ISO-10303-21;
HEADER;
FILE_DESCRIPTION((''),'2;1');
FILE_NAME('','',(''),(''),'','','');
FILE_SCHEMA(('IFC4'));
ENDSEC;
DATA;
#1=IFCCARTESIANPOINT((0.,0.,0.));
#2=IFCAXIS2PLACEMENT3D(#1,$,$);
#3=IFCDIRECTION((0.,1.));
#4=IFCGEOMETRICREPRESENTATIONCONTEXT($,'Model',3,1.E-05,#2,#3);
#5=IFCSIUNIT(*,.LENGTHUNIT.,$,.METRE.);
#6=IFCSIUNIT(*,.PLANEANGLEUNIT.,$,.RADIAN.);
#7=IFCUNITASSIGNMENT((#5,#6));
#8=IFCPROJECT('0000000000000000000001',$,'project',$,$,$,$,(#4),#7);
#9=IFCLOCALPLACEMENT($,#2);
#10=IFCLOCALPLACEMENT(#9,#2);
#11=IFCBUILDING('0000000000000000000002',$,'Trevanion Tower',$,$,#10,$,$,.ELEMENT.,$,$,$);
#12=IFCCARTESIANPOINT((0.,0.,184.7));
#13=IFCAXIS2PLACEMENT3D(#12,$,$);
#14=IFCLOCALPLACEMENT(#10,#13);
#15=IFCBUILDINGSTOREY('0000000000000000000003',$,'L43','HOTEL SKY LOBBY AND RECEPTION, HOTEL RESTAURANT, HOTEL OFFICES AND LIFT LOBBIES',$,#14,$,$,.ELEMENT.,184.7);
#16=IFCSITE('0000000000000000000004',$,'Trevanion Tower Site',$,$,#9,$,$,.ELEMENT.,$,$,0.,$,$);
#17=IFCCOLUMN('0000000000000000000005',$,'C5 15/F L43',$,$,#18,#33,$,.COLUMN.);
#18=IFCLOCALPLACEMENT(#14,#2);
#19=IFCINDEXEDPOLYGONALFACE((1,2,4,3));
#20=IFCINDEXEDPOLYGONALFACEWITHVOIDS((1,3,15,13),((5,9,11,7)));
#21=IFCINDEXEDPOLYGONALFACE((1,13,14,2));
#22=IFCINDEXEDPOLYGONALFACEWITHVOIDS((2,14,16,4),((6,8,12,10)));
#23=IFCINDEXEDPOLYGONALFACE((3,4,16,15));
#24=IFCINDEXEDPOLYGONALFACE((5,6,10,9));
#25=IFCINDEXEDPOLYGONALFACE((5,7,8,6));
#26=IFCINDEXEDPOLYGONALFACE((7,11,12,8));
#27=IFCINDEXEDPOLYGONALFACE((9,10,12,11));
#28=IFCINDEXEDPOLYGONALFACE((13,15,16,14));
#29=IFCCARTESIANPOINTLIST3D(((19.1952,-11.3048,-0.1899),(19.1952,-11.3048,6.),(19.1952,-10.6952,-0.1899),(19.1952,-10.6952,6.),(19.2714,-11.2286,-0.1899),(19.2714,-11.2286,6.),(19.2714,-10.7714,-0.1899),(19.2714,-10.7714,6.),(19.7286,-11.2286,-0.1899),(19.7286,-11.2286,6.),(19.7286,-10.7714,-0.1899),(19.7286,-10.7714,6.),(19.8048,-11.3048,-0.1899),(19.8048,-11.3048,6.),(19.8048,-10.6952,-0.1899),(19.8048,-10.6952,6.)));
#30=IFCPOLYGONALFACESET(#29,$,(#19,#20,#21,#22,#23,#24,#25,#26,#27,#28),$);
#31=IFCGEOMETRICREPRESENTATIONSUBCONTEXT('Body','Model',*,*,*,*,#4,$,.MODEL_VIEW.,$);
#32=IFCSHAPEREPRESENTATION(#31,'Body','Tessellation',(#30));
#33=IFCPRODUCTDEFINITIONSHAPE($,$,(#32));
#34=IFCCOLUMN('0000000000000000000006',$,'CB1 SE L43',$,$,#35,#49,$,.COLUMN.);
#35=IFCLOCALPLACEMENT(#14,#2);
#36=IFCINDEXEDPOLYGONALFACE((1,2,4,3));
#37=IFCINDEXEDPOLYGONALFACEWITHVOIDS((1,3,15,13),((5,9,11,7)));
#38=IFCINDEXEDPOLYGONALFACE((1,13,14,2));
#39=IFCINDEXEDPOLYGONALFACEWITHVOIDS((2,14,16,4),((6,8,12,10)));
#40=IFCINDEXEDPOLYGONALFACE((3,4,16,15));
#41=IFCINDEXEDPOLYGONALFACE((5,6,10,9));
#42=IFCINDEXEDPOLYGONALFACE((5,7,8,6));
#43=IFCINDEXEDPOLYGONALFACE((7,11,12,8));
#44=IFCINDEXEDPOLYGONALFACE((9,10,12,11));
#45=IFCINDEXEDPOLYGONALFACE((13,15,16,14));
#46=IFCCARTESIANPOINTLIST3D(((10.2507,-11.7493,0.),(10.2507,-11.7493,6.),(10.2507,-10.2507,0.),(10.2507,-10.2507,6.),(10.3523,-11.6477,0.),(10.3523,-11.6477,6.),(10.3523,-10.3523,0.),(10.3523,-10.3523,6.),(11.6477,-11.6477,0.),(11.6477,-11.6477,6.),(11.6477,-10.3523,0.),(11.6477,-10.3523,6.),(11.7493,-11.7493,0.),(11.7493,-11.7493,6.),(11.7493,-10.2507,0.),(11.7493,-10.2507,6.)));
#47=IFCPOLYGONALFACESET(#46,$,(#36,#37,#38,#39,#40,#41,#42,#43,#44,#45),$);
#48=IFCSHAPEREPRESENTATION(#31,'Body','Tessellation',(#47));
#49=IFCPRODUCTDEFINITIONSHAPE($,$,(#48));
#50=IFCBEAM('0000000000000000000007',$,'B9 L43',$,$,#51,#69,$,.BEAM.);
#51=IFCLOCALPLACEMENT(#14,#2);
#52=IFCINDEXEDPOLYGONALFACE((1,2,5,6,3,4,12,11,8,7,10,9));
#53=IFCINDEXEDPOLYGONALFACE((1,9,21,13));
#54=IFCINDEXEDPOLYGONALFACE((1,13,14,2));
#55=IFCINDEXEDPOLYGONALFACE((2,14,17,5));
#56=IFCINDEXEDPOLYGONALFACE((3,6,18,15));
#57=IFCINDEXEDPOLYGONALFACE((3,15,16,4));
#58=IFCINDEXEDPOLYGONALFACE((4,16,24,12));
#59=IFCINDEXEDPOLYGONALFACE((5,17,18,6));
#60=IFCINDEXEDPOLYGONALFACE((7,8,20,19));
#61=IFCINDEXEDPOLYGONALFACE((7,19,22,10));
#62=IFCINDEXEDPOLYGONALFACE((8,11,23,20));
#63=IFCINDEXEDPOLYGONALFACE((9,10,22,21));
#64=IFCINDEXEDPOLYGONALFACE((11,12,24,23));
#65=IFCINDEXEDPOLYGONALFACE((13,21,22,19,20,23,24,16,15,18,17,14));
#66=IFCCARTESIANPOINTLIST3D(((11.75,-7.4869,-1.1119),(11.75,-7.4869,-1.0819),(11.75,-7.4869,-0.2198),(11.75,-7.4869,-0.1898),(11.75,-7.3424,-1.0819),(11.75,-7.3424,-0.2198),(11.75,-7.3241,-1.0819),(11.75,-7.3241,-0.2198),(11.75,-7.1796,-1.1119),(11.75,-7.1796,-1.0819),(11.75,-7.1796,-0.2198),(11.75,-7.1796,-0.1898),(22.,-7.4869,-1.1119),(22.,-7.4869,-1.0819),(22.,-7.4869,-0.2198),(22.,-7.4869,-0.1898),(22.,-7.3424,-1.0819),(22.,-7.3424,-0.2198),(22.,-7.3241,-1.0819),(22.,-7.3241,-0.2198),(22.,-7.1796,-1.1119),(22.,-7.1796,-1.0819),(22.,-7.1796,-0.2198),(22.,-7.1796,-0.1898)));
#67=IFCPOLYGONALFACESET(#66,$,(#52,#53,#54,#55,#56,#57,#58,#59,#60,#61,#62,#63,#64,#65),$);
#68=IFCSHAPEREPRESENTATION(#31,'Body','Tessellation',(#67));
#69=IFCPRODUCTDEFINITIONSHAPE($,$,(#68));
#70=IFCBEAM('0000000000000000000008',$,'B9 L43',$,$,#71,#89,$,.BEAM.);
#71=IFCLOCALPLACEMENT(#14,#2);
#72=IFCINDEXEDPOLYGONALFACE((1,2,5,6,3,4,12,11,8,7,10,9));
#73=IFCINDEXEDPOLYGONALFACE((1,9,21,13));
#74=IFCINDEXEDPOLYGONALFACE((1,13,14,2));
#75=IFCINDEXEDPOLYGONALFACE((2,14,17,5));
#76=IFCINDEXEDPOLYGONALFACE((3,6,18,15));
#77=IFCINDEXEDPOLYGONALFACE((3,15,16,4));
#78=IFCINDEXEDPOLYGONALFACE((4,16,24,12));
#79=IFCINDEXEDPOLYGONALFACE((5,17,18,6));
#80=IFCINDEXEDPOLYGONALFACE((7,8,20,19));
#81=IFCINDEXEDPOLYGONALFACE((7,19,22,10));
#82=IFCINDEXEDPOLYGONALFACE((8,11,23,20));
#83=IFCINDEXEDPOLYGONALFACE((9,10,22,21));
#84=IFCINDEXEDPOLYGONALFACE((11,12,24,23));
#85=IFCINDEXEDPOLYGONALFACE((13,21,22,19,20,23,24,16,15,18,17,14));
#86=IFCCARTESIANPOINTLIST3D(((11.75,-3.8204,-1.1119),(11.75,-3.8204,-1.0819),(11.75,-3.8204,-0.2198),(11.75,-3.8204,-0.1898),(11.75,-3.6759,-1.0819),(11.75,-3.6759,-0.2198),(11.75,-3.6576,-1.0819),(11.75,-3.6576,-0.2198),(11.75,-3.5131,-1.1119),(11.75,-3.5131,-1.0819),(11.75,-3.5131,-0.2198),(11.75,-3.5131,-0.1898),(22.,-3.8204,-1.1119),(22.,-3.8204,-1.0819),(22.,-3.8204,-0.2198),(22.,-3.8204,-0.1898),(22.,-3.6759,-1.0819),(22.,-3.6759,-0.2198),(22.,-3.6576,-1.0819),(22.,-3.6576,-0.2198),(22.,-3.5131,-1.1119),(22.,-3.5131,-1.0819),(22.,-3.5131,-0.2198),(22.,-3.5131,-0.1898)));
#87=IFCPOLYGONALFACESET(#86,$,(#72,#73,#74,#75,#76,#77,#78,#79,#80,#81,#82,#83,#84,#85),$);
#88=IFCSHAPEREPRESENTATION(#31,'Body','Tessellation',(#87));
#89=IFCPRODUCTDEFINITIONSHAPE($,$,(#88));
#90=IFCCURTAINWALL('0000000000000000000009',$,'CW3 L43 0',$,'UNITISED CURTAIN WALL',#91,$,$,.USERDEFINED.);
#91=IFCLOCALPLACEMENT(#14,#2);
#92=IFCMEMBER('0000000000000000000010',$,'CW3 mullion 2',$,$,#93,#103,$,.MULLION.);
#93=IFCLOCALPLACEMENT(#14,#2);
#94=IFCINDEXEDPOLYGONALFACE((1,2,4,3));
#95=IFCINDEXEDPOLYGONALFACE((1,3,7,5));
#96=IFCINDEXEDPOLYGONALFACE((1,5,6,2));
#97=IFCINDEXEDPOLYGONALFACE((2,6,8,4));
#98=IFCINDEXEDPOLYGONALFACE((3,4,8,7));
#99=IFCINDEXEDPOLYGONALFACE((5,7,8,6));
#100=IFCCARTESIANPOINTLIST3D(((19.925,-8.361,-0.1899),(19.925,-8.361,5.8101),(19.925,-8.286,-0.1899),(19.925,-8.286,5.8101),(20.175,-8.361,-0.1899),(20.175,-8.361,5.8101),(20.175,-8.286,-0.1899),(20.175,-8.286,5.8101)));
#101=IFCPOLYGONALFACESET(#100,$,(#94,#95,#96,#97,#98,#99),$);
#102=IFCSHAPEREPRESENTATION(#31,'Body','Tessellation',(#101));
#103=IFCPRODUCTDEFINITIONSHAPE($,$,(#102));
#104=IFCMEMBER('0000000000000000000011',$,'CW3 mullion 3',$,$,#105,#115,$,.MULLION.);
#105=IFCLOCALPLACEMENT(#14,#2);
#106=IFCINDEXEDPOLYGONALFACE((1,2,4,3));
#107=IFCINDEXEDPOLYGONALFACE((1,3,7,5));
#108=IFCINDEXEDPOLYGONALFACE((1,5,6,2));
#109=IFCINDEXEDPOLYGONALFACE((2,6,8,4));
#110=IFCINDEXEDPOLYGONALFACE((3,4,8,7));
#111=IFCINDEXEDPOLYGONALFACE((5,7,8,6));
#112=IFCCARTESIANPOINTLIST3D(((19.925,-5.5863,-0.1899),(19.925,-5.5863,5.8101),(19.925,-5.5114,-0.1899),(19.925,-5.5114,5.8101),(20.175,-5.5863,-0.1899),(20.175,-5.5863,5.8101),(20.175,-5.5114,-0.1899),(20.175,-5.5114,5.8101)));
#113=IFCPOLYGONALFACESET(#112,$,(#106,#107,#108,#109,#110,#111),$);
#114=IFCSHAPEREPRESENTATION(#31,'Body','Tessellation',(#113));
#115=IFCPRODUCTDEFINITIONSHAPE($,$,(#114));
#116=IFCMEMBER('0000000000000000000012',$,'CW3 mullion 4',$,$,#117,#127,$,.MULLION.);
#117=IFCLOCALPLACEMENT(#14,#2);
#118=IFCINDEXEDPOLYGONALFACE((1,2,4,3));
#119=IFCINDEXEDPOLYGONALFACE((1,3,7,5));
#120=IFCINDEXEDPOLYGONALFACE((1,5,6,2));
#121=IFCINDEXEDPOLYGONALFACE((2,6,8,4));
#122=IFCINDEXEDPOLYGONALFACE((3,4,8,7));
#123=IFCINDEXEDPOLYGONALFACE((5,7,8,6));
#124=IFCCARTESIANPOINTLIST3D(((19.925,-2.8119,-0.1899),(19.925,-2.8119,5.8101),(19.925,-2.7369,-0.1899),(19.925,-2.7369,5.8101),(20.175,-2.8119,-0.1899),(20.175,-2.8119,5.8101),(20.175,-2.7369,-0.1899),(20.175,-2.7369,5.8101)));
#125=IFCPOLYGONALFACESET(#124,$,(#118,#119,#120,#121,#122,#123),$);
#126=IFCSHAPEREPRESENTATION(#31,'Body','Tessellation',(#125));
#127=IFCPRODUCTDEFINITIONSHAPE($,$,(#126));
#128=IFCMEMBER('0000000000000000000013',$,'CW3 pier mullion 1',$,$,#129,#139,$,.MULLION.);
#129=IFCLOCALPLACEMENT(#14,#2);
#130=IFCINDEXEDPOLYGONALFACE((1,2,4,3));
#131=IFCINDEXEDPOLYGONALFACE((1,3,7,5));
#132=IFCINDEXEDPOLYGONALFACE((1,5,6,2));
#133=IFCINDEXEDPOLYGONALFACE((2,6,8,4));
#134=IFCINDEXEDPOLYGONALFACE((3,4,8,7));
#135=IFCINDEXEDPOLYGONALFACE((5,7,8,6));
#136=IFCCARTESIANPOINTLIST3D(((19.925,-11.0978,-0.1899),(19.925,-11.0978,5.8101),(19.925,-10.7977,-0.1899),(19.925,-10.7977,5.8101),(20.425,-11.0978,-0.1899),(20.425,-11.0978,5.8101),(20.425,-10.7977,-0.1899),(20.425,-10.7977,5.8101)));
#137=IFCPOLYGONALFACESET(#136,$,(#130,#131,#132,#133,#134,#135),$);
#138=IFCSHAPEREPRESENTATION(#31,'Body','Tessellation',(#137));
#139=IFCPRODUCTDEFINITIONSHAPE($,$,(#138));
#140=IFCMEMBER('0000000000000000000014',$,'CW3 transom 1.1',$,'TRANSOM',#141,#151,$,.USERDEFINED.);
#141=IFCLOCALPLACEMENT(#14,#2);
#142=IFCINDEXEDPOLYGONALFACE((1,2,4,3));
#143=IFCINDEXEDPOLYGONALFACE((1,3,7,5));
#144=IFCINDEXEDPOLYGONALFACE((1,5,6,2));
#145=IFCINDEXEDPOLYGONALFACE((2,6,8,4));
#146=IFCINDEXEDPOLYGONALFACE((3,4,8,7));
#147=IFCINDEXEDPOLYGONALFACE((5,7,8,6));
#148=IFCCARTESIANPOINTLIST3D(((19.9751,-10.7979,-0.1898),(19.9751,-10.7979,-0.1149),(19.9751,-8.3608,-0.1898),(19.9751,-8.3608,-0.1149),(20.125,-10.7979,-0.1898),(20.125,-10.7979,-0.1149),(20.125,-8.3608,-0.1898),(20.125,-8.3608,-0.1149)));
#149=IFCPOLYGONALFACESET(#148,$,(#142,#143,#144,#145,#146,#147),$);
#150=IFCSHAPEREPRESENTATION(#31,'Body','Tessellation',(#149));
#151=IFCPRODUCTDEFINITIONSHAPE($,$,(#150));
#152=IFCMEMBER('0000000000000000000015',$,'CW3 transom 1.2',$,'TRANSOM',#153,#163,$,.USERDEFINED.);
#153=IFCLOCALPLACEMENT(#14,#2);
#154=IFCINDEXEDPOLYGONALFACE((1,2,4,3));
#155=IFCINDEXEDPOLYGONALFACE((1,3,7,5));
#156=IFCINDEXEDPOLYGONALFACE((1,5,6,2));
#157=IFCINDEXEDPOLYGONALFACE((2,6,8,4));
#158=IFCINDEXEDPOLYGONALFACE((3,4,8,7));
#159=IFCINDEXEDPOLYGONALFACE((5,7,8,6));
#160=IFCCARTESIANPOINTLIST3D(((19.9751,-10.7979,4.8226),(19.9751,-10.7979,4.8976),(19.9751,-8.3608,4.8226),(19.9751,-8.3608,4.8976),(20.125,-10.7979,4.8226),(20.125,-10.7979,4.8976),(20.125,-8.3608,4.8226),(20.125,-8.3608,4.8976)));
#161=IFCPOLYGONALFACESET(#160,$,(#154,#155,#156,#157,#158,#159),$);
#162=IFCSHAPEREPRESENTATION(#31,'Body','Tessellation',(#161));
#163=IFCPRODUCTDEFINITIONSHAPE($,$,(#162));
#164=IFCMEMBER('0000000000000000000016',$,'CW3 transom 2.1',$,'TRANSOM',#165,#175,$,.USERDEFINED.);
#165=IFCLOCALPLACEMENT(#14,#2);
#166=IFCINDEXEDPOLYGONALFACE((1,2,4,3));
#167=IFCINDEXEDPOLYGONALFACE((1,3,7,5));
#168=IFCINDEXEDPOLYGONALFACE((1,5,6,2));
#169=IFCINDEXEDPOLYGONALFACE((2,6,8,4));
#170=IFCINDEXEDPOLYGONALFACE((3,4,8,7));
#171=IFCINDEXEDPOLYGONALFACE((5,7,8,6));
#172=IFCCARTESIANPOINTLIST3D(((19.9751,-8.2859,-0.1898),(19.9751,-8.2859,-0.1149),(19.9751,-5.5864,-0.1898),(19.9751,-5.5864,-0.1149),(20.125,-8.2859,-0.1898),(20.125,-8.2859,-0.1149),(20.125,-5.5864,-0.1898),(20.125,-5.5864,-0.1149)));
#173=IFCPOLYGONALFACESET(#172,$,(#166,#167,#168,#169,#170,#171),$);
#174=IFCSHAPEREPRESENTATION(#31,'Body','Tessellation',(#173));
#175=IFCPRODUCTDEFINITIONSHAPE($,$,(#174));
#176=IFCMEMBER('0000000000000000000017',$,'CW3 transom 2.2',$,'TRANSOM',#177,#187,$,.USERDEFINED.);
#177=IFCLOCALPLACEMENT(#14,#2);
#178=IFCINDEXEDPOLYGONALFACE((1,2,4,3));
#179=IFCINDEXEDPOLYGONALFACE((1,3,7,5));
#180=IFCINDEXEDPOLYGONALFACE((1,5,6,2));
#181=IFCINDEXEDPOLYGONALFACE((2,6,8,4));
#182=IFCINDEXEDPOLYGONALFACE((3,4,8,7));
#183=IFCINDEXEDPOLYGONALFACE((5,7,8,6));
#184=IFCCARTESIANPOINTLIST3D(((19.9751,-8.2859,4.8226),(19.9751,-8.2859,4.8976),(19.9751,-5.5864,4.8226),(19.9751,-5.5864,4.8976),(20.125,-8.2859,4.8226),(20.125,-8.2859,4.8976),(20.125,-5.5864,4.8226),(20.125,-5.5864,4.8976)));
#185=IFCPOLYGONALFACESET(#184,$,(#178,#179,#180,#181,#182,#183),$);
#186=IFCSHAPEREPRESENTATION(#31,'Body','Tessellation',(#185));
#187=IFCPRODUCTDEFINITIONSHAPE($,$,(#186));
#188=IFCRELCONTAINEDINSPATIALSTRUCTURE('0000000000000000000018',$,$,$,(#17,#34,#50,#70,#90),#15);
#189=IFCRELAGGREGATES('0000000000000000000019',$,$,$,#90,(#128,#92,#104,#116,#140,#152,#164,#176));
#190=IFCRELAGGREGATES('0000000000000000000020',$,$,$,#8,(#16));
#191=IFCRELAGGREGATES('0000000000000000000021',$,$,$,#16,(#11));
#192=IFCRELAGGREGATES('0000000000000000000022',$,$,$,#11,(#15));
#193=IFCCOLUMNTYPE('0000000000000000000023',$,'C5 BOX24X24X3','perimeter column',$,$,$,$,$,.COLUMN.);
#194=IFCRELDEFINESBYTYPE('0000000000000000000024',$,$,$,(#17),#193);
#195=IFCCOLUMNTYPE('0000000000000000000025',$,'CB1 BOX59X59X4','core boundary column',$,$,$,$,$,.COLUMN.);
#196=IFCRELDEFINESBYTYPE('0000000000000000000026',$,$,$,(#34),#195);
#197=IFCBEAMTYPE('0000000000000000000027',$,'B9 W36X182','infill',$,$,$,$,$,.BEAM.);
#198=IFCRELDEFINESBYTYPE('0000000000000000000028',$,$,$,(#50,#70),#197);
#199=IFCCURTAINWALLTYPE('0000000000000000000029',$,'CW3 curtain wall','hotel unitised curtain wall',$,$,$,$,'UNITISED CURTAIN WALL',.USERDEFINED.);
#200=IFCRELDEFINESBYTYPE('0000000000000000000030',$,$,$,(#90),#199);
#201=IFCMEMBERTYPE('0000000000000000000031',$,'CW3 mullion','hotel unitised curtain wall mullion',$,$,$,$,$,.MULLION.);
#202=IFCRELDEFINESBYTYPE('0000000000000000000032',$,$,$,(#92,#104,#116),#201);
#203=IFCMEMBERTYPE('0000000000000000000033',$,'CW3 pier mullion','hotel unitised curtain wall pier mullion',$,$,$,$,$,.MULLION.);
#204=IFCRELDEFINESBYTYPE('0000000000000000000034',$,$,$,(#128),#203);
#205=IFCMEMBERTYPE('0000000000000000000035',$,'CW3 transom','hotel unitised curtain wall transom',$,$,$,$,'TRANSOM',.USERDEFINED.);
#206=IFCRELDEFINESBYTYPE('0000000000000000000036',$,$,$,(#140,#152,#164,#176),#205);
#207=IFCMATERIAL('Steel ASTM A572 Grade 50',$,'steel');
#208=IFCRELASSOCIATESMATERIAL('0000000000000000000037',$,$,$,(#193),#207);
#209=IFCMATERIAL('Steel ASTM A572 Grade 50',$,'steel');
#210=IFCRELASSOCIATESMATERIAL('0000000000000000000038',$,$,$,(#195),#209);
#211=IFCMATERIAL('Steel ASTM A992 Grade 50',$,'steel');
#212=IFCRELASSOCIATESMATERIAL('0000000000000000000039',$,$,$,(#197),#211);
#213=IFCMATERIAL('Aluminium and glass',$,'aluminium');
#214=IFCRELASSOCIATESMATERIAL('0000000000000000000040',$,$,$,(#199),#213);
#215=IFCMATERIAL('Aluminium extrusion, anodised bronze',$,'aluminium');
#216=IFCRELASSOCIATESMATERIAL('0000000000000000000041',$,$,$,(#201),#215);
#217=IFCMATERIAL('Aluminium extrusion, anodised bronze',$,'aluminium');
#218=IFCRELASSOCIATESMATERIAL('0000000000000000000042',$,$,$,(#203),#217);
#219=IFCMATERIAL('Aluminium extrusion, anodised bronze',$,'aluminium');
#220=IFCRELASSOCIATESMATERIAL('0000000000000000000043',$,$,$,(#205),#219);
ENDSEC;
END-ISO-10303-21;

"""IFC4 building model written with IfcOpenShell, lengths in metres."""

from ifc_helpers import new_model, si_unit, direction, frame, origin, origin_2d, place, context, subcontext, project, spatial, rectangle, hollow_rectangle, i_section, extrude, material, material_profile, profile_set, type_object, element, aggregate, save


model = new_model("IFC4")

# Units and contexts
model_context = context("Model", 3, precision=1e-05, world=origin(), true_north=direction((0.0, 1.0)))
body_context = subcontext(model_context, "Body", "Model", "MODEL_VIEW")
ifc_project = project(units=[si_unit("LENGTHUNIT", "METRE"), si_unit("PLANEANGLEUNIT", "RADIAN")], contexts=[model_context])

# Site, building, storey
site_placement = place(None, origin())
site = spatial("IfcSite", under=ifc_project, at=site_placement, Name="Trevanion Tower Site", CompositionType="ELEMENT", RefElevation=0.0)
building_placement = place(site_placement, origin())
building = spatial("IfcBuilding", under=site, at=building_placement, Name="Trevanion Tower", CompositionType="ELEMENT")
storey_placement = place(building_placement, frame((0.0, 0.0, 184.7)))
storey = spatial("IfcBuildingStorey", under=building, at=storey_placement, Name="L43", Description="HOTEL SKY LOBBY AND RECEPTION, HOTEL RESTAURANT, HOTEL OFFICES AND LIFT LOBBIES", CompositionType="ELEMENT", Elevation=184.7)

# Columns
ifc_material_1 = material(Name="Steel ASTM A572 Grade 50", Category="steel")
ifc_material_profile_1 = material_profile(ifc_material_1, hollow_rectangle(XDim=0.6096, YDim=0.6096, WallThickness=0.0762, at=origin_2d()), Name="BOX24X24X3")
ifc_profile_set_1 = profile_set([ifc_material_profile_1], Name="Steel ASTM A572 Grade 50")
column_type_1 = type_object("IfcColumnType", Name="C5 BOX24X24X3", Description="perimeter column", PredefinedType="COLUMN", material=ifc_profile_set_1)
column_1_placement = place(storey_placement, frame((19.5, -11.0, -0.1899), z_axis=(0.0, 0.0, 1.0), x_axis=(0.0, 1.0, 0.0)))
element("IfcColumn", 1, at=column_1_placement, inside=storey, type_object=column_type_1, Name="C5 15/F L43", PredefinedType="COLUMN", context=body_context, shape_type="SweptSolid", body=[
    extrude(hollow_rectangle(XDim=0.6096, YDim=0.6096, WallThickness=0.0762, at=origin_2d()), origin(), (0.0, 0.0, 1.0), 6.1899),
])
ifc_material_2 = material(Name="Steel ASTM A572 Grade 50", Category="steel")
ifc_material_profile_2 = material_profile(ifc_material_2, hollow_rectangle(XDim=1.4985, YDim=1.4985, WallThickness=0.1016, at=origin_2d()), Name="BOX59X59X4")
ifc_profile_set_2 = profile_set([ifc_material_profile_2], Name="Steel ASTM A572 Grade 50")
column_type_2 = type_object("IfcColumnType", Name="CB1 BOX59X59X4", Description="core boundary column", PredefinedType="COLUMN", material=ifc_profile_set_2)
column_2_placement = place(storey_placement, frame((11.0, -11.0, 0.0), z_axis=(0.0, 0.0, 1.0), x_axis=(1.0, 0.0, 0.0)))
element("IfcColumn", 2, at=column_2_placement, inside=storey, type_object=column_type_2, Name="CB1 SE L43", PredefinedType="COLUMN", context=body_context, shape_type="SweptSolid", body=[
    extrude(hollow_rectangle(XDim=1.4985, YDim=1.4985, WallThickness=0.1016, at=origin_2d()), origin(), (0.0, 0.0, 1.0), 6.0),
])

# Beams
ifc_material_3 = material(Name="Steel ASTM A992 Grade 50", Category="steel")
ifc_material_profile_3 = material_profile(ifc_material_3, i_section(OverallWidth=0.3074, OverallDepth=0.9221, WebThickness=0.0183, FlangeThickness=0.03, at=origin_2d()), Name="W36X182")
ifc_profile_set_3 = profile_set([ifc_material_profile_3], Name="Steel ASTM A992 Grade 50")
beam_type = type_object("IfcBeamType", Name="B9 W36X182", Description="infill", PredefinedType="BEAM", material=ifc_profile_set_3)
for number, where, z_axis, x_axis, name in (
    (3, (11.75, -7.3333, -0.6509), (1.0, 0.0, 0.0), (0.0, 1.0, 0.0), "B9 L43"),
    (4, (11.75, -3.6667, -0.6509), (1.0, 0.0, 0.0), (0.0, 1.0, 0.0), "B9 L43"),
):
    element("IfcBeam", number, at=place(storey_placement, frame(where, z_axis=z_axis, x_axis=x_axis)), inside=storey, type_object=beam_type, Name=name, PredefinedType="BEAM", context=body_context, shape_type="SweptSolid", body=[
        extrude(i_section(OverallWidth=0.3074, OverallDepth=0.9221, WebThickness=0.0183, FlangeThickness=0.03, at=origin_2d()), origin(), (0.0, 0.0, 1.0), 10.25),
    ])

# Curtain wall, members
ifc_material_4 = material(Name="Aluminium and glass", Category="aluminium")
curtain_wall_type = type_object("IfcCurtainWallType", Name="CW3 curtain wall", Description="hotel unitised curtain wall", ElementType="UNITISED CURTAIN WALL", PredefinedType="USERDEFINED", material=ifc_material_4)
curtain_wall_placement = place(storey_placement, origin())
curtain_wall = element("IfcCurtainWall", 5, at=curtain_wall_placement, inside=storey, type_object=curtain_wall_type, Name="CW3 L43 0", ObjectType="UNITISED CURTAIN WALL", PredefinedType="USERDEFINED")
ifc_material_5 = material(Name="Aluminium extrusion, anodised bronze", Category="aluminium")
ifc_material_profile_4 = material_profile(ifc_material_5, rectangle(XDim=0.075, YDim=0.25, at=origin_2d()), Name="CW3 mullion")
ifc_profile_set_4 = profile_set([ifc_material_profile_4], Name="Aluminium extrusion, anodised bronze")
member_type_1 = type_object("IfcMemberType", Name="CW3 mullion", Description="hotel unitised curtain wall mullion", PredefinedType="MULLION", material=ifc_profile_set_4)
member_1_placement = place(storey_placement, frame((20.05, -8.3235, -0.1899), z_axis=(0.0, 0.0, 1.0), x_axis=(0.0, 1.0, 0.0)))
member_1 = element("IfcMember", 6, at=member_1_placement, type_object=member_type_1, Name="CW3 mullion 2", PredefinedType="MULLION", context=body_context, shape_type="SweptSolid", body=[
    extrude(rectangle(XDim=0.075, YDim=0.25, at=origin_2d()), origin(), (0.0, 0.0, 1.0), 6.0),
])
member_2_placement = place(storey_placement, frame((20.05, -5.5488, -0.1899), z_axis=(0.0, 0.0, 1.0), x_axis=(0.0, 1.0, 0.0)))
member_2 = element("IfcMember", 7, at=member_2_placement, type_object=member_type_1, Name="CW3 mullion 3", PredefinedType="MULLION", context=body_context, shape_type="SweptSolid", body=[
    extrude(rectangle(XDim=0.075, YDim=0.25, at=origin_2d()), origin(), (0.0, 0.0, 1.0), 6.0),
])
member_3_placement = place(storey_placement, frame((20.05, -2.7744, -0.1899), z_axis=(0.0, 0.0, 1.0), x_axis=(0.0, 1.0, 0.0)))
member_3 = element("IfcMember", 8, at=member_3_placement, type_object=member_type_1, Name="CW3 mullion 4", PredefinedType="MULLION", context=body_context, shape_type="SweptSolid", body=[
    extrude(rectangle(XDim=0.075, YDim=0.25, at=origin_2d()), origin(), (0.0, 0.0, 1.0), 6.0),
])
ifc_material_6 = material(Name="Aluminium extrusion, anodised bronze", Category="aluminium")
ifc_material_profile_5 = material_profile(ifc_material_6, rectangle(XDim=0.3, YDim=0.5, at=origin_2d()), Name="CW3 pier mullion")
ifc_profile_set_5 = profile_set([ifc_material_profile_5], Name="Aluminium extrusion, anodised bronze")
member_type_2 = type_object("IfcMemberType", Name="CW3 pier mullion", Description="hotel unitised curtain wall pier mullion", PredefinedType="MULLION", material=ifc_profile_set_5)
member_4_placement = place(storey_placement, frame((20.175, -10.9478, -0.1899), z_axis=(0.0, 0.0, 1.0), x_axis=(0.0, 1.0, 0.0)))
member_4 = element("IfcMember", 9, at=member_4_placement, type_object=member_type_2, Name="CW3 pier mullion 1", PredefinedType="MULLION", context=body_context, shape_type="SweptSolid", body=[
    extrude(rectangle(XDim=0.3, YDim=0.5, at=origin_2d()), origin(), (0.0, 0.0, 1.0), 6.0),
])
ifc_material_7 = material(Name="Aluminium extrusion, anodised bronze", Category="aluminium")
ifc_material_profile_6 = material_profile(ifc_material_7, rectangle(XDim=0.1499, YDim=0.075, at=origin_2d()), Name="CW3 transom")
ifc_profile_set_6 = profile_set([ifc_material_profile_6], Name="Aluminium extrusion, anodised bronze")
member_type_3 = type_object("IfcMemberType", Name="CW3 transom", Description="hotel unitised curtain wall transom", ElementType="TRANSOM", PredefinedType="USERDEFINED", material=ifc_profile_set_6)
member_5_placement = place(storey_placement, frame((20.05, -10.7979, -0.1523), z_axis=(0.0, 1.0, 0.0), x_axis=(-1.0, 0.0, 0.0)))
member_5 = element("IfcMember", 10, at=member_5_placement, type_object=member_type_3, Name="CW3 transom 1.1", ObjectType="TRANSOM", PredefinedType="USERDEFINED", context=body_context, shape_type="SweptSolid", body=[
    extrude(rectangle(XDim=0.1499, YDim=0.075, at=origin_2d()), origin(), (0.0, 0.0, 1.0), 2.437),
])
member_6_placement = place(storey_placement, frame((20.05, -10.7979, 4.8601), z_axis=(0.0, 1.0, 0.0), x_axis=(-1.0, 0.0, 0.0)))
member_6 = element("IfcMember", 11, at=member_6_placement, type_object=member_type_3, Name="CW3 transom 1.2", ObjectType="TRANSOM", PredefinedType="USERDEFINED", context=body_context, shape_type="SweptSolid", body=[
    extrude(rectangle(XDim=0.1499, YDim=0.075, at=origin_2d()), origin(), (0.0, 0.0, 1.0), 2.437),
])
member_7_placement = place(storey_placement, frame((20.05, -8.2859, -0.1523), z_axis=(0.0, 1.0, 0.0), x_axis=(-1.0, 0.0, 0.0)))
member_7 = element("IfcMember", 12, at=member_7_placement, type_object=member_type_3, Name="CW3 transom 2.1", ObjectType="TRANSOM", PredefinedType="USERDEFINED", context=body_context, shape_type="SweptSolid", body=[
    extrude(rectangle(XDim=0.1499, YDim=0.075, at=origin_2d()), origin(), (0.0, 0.0, 1.0), 2.6995),
])
member_8_placement = place(storey_placement, frame((20.05, -8.2859, 4.8601), z_axis=(0.0, 1.0, 0.0), x_axis=(-1.0, 0.0, 0.0)))
member_8 = element("IfcMember", 13, at=member_8_placement, type_object=member_type_3, Name="CW3 transom 2.2", ObjectType="TRANSOM", PredefinedType="USERDEFINED", context=body_context, shape_type="SweptSolid", body=[
    extrude(rectangle(XDim=0.1499, YDim=0.075, at=origin_2d()), origin(), (0.0, 0.0, 1.0), 2.6995),
])
aggregate(curtain_wall, [member_4, member_1, member_2, member_3, member_5, member_6, member_7, member_8])

save(model, "model.ifc")
